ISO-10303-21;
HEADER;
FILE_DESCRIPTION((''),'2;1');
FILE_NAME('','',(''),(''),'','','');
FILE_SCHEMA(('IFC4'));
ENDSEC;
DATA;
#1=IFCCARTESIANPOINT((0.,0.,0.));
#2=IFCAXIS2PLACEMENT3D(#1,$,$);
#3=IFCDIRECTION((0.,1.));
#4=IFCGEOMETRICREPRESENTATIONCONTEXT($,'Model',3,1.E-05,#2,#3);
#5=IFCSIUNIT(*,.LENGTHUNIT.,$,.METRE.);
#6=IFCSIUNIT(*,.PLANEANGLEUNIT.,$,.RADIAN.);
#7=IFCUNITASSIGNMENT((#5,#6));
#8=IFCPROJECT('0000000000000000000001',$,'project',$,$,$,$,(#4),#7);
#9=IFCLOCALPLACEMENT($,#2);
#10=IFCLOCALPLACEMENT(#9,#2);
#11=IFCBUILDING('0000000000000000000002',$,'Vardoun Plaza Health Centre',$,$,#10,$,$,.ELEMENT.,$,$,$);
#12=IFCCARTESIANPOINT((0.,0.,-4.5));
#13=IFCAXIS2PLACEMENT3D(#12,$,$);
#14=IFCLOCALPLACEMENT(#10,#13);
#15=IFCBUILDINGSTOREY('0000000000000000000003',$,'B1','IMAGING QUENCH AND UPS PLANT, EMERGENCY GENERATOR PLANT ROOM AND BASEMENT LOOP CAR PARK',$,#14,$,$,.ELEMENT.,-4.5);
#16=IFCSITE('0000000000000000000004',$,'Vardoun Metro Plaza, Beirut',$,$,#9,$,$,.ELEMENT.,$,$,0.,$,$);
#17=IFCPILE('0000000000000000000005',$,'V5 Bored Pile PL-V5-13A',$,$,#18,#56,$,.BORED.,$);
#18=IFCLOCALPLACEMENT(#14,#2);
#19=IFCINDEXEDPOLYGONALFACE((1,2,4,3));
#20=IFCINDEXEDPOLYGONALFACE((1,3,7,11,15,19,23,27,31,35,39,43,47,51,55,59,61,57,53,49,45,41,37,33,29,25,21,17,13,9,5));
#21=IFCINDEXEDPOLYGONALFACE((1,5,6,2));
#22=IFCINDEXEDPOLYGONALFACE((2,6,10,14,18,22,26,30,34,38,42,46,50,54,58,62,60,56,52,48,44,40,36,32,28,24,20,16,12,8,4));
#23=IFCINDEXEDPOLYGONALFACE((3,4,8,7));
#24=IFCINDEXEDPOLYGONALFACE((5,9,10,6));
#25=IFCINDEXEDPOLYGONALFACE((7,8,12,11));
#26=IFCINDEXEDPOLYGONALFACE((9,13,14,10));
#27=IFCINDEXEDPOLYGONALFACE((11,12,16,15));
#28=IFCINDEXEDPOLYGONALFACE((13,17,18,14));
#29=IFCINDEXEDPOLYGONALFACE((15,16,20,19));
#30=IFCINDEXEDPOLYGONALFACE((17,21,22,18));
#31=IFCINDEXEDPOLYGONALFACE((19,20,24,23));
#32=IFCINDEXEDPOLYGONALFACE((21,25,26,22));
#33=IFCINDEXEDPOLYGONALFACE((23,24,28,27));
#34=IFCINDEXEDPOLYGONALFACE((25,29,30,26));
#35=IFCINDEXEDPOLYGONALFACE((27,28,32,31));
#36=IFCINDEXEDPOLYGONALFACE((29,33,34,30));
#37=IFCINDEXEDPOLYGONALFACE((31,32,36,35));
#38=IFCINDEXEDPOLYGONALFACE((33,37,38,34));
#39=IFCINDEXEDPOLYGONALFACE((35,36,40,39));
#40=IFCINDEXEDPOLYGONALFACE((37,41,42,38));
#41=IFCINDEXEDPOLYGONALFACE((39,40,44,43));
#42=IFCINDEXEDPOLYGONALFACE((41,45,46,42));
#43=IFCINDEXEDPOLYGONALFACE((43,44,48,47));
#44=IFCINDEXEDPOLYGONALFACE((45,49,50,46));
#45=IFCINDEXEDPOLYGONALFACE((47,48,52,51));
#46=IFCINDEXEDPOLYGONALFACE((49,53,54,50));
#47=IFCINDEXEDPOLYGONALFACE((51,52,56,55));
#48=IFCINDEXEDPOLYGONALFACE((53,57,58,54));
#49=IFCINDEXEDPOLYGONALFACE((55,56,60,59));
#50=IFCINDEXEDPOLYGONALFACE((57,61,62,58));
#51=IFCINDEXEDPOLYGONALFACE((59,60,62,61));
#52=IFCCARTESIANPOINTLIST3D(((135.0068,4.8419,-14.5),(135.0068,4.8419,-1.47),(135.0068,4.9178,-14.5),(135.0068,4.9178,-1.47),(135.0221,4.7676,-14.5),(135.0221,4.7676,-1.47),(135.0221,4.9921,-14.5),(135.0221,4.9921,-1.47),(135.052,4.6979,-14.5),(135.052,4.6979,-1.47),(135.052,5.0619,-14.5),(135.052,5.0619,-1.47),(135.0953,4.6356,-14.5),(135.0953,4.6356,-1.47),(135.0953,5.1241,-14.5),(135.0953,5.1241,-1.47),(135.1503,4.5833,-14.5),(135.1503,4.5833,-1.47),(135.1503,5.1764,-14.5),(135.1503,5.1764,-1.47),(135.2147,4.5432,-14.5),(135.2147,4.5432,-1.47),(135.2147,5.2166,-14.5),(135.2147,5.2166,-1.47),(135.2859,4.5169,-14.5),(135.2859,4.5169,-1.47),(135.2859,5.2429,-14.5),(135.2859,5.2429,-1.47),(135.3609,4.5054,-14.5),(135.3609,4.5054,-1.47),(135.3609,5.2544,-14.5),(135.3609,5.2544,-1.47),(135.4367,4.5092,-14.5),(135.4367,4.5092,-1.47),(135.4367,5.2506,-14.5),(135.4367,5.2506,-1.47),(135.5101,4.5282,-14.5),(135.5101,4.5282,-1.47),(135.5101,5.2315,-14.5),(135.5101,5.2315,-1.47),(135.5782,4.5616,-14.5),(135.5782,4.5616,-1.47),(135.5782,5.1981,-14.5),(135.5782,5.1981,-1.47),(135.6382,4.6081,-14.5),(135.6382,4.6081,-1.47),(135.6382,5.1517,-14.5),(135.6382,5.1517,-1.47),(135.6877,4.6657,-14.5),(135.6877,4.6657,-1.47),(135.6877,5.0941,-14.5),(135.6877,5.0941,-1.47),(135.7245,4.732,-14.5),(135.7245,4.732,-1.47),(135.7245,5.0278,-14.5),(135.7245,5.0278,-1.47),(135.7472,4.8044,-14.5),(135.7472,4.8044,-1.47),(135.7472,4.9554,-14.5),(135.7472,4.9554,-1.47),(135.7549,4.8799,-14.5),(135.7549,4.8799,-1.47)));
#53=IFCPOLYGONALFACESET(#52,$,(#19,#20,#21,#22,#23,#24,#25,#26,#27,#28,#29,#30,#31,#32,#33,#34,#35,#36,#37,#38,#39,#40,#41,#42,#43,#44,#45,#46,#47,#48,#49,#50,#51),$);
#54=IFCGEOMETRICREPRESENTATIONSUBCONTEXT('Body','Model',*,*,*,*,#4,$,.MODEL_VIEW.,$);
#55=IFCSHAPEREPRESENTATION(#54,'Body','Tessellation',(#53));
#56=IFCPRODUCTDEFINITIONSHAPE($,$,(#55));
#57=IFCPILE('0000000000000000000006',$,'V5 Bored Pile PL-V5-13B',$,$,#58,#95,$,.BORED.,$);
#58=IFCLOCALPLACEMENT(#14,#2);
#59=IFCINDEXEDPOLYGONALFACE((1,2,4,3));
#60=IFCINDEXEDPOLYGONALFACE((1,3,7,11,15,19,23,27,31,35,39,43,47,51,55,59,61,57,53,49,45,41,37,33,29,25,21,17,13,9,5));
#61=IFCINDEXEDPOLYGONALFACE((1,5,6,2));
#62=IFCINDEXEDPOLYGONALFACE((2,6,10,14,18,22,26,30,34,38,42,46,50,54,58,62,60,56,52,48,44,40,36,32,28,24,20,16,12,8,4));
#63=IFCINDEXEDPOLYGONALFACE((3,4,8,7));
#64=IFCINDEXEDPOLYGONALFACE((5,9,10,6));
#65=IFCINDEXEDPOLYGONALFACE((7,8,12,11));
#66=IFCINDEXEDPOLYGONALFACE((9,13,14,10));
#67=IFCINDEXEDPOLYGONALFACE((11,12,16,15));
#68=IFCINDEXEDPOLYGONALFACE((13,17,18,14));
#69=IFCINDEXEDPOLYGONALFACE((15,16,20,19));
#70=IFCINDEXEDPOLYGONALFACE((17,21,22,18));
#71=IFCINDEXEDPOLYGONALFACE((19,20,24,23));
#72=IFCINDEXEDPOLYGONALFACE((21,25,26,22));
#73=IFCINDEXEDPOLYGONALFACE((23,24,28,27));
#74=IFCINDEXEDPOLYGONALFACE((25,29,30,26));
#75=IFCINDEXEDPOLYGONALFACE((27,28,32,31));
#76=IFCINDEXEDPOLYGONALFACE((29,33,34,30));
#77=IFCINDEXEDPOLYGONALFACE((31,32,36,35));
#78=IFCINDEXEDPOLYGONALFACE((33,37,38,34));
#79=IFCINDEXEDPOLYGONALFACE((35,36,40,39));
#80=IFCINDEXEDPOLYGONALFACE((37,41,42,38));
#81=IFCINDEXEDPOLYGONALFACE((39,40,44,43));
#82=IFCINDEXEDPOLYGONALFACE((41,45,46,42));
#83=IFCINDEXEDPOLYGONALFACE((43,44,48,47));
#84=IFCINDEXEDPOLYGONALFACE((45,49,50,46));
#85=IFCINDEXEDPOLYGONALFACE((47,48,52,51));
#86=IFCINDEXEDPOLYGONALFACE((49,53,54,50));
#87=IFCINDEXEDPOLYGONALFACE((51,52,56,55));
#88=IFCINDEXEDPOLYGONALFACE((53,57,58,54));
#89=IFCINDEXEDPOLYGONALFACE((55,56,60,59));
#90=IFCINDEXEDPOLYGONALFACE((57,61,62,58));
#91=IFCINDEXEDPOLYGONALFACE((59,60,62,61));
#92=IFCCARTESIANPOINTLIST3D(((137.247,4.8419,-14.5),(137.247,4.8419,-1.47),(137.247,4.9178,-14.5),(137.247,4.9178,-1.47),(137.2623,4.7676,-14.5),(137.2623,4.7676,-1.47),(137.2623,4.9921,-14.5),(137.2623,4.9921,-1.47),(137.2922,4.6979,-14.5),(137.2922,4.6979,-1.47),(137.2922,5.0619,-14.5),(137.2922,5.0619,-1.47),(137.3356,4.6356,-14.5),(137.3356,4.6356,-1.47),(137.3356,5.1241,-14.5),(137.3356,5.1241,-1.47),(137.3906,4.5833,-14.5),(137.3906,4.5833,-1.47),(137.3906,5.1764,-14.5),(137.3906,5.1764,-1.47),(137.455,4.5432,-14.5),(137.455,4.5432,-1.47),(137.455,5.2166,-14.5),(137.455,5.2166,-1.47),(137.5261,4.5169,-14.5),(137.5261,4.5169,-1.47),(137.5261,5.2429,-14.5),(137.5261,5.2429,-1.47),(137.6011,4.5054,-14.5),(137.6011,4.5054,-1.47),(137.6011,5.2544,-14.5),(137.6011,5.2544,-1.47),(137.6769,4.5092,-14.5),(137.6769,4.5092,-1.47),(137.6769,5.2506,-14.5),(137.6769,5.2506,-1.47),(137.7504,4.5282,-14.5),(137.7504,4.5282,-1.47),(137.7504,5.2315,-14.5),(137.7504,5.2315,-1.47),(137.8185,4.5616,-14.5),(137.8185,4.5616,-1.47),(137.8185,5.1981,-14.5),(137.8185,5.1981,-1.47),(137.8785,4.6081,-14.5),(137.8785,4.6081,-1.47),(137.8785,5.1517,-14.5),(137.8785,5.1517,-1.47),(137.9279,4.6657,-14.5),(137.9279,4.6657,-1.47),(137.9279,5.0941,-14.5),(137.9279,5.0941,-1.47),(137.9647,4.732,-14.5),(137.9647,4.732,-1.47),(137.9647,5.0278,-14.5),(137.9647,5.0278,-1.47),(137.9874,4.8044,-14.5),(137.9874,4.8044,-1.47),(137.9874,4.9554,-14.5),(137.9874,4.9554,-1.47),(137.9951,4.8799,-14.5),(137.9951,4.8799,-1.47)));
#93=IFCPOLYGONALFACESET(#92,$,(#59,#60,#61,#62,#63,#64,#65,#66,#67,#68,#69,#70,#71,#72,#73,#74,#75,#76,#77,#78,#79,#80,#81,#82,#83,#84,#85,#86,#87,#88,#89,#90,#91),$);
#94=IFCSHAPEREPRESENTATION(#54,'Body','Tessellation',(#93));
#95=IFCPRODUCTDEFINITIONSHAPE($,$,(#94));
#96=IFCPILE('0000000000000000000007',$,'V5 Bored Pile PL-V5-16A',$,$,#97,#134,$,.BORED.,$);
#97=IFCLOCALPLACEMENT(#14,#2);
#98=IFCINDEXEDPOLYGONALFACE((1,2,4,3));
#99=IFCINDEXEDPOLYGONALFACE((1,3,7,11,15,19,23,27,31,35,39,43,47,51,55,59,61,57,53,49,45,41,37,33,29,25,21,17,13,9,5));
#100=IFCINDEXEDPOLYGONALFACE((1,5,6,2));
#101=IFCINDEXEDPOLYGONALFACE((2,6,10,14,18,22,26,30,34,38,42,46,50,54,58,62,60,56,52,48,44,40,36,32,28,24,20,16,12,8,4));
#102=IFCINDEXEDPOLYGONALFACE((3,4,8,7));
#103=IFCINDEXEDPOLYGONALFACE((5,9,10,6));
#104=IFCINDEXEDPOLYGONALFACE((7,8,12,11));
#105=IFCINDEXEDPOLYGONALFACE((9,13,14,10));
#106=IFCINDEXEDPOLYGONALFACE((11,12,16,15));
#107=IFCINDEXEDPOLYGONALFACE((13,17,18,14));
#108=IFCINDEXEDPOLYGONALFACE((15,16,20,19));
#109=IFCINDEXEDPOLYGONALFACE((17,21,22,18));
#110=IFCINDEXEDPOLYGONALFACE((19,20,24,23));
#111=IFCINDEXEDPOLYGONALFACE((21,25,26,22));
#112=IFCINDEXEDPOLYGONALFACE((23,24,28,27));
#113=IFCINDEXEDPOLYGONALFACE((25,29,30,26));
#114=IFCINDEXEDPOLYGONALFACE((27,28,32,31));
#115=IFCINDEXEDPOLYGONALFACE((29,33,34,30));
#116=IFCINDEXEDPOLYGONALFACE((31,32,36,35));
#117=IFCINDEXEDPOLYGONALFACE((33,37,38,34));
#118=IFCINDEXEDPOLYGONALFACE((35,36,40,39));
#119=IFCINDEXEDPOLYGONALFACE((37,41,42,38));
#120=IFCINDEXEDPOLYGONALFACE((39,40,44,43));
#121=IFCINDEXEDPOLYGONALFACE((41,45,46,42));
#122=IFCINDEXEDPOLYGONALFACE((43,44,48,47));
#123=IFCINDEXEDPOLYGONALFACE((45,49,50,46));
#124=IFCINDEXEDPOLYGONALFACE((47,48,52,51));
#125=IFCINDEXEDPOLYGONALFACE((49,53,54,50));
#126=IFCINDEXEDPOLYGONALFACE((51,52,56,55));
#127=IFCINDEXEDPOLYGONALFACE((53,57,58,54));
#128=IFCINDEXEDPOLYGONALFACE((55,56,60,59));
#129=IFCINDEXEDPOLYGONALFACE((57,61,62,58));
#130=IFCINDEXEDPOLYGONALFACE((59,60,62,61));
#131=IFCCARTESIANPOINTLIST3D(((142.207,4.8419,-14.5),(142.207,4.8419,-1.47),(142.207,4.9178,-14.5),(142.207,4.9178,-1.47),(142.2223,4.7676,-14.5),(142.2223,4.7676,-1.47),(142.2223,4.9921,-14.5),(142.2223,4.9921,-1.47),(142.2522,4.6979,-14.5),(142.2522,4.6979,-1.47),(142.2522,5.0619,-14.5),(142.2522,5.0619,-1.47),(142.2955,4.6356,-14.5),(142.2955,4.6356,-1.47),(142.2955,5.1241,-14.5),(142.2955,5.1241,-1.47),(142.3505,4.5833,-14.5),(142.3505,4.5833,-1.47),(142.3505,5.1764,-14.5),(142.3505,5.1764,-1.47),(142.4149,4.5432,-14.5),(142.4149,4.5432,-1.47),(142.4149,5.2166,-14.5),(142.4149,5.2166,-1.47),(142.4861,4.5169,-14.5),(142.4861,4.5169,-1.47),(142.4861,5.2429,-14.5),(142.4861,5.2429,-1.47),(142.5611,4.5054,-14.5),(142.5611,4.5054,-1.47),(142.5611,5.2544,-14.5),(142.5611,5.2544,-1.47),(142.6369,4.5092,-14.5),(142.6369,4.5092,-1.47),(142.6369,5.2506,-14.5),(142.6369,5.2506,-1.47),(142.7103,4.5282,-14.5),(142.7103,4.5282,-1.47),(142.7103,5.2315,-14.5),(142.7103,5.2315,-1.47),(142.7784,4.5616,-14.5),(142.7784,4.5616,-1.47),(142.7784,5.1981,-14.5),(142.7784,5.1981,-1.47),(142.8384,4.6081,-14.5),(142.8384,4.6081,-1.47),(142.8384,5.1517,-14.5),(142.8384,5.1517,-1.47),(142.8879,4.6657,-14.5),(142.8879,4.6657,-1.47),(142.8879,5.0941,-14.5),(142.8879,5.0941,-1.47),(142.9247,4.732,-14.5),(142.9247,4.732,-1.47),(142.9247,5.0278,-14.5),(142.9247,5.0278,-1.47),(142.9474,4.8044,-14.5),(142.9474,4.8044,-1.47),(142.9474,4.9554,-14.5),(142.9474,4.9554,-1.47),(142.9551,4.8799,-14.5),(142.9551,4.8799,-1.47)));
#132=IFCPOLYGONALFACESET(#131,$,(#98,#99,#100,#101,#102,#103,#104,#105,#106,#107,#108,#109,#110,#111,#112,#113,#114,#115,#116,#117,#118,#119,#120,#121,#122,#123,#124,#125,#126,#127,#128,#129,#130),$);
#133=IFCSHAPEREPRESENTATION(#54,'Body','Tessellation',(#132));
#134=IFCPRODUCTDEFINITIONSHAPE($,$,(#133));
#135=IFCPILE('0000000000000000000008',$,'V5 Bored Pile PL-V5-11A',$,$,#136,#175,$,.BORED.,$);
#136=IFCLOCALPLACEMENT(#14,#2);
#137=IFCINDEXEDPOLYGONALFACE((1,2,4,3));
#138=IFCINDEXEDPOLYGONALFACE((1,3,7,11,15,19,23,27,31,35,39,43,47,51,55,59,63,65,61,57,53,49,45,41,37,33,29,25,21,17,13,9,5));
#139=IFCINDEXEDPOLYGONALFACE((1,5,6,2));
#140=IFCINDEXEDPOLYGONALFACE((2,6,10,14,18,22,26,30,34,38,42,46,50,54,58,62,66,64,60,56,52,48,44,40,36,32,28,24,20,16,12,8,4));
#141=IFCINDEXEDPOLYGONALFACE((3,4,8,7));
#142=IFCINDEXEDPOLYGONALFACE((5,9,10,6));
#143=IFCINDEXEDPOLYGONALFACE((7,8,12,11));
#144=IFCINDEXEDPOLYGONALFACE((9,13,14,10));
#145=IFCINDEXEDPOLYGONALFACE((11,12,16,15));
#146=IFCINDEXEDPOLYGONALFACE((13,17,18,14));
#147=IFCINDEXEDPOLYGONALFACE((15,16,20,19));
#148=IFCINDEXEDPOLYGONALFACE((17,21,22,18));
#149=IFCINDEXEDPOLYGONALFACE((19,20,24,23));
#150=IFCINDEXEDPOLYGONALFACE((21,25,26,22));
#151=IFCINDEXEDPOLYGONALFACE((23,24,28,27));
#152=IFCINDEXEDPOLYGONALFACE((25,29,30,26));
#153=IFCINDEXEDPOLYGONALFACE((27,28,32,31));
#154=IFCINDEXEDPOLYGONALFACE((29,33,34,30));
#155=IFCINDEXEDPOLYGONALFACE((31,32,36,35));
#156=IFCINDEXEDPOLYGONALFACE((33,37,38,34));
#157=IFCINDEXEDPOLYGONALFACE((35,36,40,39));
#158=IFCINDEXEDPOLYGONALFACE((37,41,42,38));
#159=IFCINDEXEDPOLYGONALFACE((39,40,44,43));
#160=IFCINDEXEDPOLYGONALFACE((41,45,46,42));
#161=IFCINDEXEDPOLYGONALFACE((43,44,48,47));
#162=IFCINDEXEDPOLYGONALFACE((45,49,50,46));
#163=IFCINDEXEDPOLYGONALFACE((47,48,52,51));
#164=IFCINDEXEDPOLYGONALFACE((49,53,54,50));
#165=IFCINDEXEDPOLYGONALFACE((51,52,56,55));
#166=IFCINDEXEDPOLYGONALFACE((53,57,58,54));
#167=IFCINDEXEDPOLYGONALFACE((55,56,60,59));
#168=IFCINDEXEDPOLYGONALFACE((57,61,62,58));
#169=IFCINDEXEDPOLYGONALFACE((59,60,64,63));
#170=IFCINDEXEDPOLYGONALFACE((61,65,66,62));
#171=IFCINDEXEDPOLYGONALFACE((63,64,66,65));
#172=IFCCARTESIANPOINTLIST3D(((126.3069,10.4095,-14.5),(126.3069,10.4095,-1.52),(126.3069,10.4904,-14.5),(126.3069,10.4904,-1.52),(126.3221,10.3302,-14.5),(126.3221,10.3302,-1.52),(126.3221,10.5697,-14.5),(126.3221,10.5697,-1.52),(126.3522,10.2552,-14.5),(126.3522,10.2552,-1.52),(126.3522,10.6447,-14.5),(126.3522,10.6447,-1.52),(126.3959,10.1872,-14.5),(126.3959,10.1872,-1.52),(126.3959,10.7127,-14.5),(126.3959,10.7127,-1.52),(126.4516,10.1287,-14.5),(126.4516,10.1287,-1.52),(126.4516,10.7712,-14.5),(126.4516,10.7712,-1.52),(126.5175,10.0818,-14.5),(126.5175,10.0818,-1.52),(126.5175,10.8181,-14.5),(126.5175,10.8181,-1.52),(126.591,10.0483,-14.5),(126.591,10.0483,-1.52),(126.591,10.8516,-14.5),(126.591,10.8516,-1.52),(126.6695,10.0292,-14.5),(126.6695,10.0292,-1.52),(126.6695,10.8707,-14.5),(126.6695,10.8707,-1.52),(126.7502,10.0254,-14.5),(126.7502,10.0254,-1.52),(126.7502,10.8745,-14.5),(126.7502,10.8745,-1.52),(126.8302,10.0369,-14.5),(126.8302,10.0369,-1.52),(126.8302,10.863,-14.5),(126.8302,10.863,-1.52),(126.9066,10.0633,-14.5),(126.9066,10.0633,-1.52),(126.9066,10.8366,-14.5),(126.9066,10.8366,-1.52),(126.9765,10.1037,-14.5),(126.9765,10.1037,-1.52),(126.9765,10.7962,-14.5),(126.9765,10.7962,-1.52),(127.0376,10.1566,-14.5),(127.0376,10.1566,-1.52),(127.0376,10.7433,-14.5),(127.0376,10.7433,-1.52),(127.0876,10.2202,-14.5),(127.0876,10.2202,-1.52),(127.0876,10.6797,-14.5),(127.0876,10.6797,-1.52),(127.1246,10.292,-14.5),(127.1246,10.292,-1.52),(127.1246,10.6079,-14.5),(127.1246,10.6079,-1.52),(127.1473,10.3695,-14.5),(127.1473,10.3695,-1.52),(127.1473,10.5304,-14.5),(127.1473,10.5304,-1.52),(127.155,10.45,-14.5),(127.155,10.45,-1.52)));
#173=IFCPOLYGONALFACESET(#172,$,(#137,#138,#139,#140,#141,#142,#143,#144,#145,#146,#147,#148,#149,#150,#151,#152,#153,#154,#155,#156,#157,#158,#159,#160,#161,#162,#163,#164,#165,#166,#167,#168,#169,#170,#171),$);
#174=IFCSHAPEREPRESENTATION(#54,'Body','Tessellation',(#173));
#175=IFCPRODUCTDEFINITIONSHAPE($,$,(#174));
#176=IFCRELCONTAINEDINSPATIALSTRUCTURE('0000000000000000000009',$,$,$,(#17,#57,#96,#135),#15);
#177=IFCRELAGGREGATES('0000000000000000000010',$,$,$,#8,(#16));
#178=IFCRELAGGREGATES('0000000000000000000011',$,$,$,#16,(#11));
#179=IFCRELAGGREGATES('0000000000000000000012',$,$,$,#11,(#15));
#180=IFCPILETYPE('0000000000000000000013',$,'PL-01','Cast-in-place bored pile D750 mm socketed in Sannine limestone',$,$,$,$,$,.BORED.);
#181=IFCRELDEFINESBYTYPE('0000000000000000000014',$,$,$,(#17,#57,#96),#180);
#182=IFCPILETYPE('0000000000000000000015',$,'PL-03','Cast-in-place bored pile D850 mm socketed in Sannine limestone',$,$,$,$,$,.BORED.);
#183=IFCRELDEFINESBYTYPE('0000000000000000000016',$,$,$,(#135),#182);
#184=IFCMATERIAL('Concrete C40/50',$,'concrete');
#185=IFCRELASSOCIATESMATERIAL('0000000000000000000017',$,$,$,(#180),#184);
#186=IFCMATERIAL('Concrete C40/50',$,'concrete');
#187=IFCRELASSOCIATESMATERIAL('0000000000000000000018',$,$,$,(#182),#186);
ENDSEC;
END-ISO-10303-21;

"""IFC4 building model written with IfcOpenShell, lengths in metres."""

from ifc_helpers import new_model, si_unit, direction, frame, origin, origin_2d, place, context, subcontext, project, spatial, circle, extrude, material, material_profile, profile_set, type_object, element, save


model = new_model("IFC4")

# Units and contexts
model_context = context("Model", 3, precision=1e-05, world=origin(), true_north=direction((0.0, 1.0)))
body_context = subcontext(model_context, "Body", "Model", "MODEL_VIEW")
ifc_project = project(units=[si_unit("LENGTHUNIT", "METRE"), si_unit("PLANEANGLEUNIT", "RADIAN")], contexts=[model_context])

# Site, building, storey
site_placement = place(None, origin())
site = spatial("IfcSite", under=ifc_project, at=site_placement, Name="Vardoun Metro Plaza, Beirut", CompositionType="ELEMENT", RefElevation=0.0)
building_placement = place(site_placement, origin())
building = spatial("IfcBuilding", under=site, at=building_placement, Name="Vardoun Plaza Health Centre", CompositionType="ELEMENT")
storey_placement = place(building_placement, frame((0.0, 0.0, -4.5)))
storey = spatial("IfcBuildingStorey", under=building, at=storey_placement, Name="B1", Description="IMAGING QUENCH AND UPS PLANT, EMERGENCY GENERATOR PLANT ROOM AND BASEMENT LOOP CAR PARK", CompositionType="ELEMENT", Elevation=-4.5)

# Piles
ifc_material_1 = material(Name="Concrete C40/50", Category="concrete")
ifc_material_profile_1 = material_profile(ifc_material_1, circle(Radius=0.375, at=origin_2d()), Name="PILE D750")
ifc_profile_set_1 = profile_set([ifc_material_profile_1], Name="Concrete C40/50")
pile_type_1 = type_object("IfcPileType", Name="PL-01", Description="Cast-in-place bored pile D750 mm socketed in Sannine limestone", PredefinedType="BORED", material=ifc_profile_set_1)
for number, where, z_axis, x_axis, name in (
    (1, (135.3799, 4.8799, -1.47), (0.0, 0.0, -1.0), (1.0, 0.0, 0.0), "V5 Bored Pile PL-V5-13A"),
    (2, (137.6201, 4.8799, -1.47), (0.0, 0.0, -1.0), (1.0, 0.0, 0.0), "V5 Bored Pile PL-V5-13B"),
    (3, (142.5801, 4.8799, -1.47), (0.0, 0.0, -1.0), (1.0, 0.0, 0.0), "V5 Bored Pile PL-V5-16A"),
):
    element("IfcPile", number, at=place(storey_placement, frame(where, z_axis=z_axis, x_axis=x_axis)), inside=storey, type_object=pile_type_1, Name=name, PredefinedType="BORED", context=body_context, shape_type="SweptSolid", body=[
        extrude(circle(Radius=0.375, at=origin_2d()), origin(), (0.0, 0.0, 1.0), 13.03),
    ])
ifc_material_2 = material(Name="Concrete C40/50", Category="concrete")
ifc_material_profile_2 = material_profile(ifc_material_2, circle(Radius=0.425, at=origin_2d()), Name="PILE D850")
ifc_profile_set_2 = profile_set([ifc_material_profile_2], Name="Concrete C40/50")
pile_type_2 = type_object("IfcPileType", Name="PL-03", Description="Cast-in-place bored pile D850 mm socketed in Sannine limestone", PredefinedType="BORED", material=ifc_profile_set_2)
for number, where, z_axis, x_axis, name in (
    (4, (126.73, 10.45, -1.52), (0.0, 0.0, -1.0), (1.0, 0.0, 0.0), "V5 Bored Pile PL-V5-11A"),
):
    element("IfcPile", number, at=place(storey_placement, frame(where, z_axis=z_axis, x_axis=x_axis)), inside=storey, type_object=pile_type_2, Name=name, PredefinedType="BORED", context=body_context, shape_type="SweptSolid", body=[
        extrude(circle(Radius=0.425, at=origin_2d()), origin(), (0.0, 0.0, 1.0), 12.98),
    ])

save(model, "model.ifc")
